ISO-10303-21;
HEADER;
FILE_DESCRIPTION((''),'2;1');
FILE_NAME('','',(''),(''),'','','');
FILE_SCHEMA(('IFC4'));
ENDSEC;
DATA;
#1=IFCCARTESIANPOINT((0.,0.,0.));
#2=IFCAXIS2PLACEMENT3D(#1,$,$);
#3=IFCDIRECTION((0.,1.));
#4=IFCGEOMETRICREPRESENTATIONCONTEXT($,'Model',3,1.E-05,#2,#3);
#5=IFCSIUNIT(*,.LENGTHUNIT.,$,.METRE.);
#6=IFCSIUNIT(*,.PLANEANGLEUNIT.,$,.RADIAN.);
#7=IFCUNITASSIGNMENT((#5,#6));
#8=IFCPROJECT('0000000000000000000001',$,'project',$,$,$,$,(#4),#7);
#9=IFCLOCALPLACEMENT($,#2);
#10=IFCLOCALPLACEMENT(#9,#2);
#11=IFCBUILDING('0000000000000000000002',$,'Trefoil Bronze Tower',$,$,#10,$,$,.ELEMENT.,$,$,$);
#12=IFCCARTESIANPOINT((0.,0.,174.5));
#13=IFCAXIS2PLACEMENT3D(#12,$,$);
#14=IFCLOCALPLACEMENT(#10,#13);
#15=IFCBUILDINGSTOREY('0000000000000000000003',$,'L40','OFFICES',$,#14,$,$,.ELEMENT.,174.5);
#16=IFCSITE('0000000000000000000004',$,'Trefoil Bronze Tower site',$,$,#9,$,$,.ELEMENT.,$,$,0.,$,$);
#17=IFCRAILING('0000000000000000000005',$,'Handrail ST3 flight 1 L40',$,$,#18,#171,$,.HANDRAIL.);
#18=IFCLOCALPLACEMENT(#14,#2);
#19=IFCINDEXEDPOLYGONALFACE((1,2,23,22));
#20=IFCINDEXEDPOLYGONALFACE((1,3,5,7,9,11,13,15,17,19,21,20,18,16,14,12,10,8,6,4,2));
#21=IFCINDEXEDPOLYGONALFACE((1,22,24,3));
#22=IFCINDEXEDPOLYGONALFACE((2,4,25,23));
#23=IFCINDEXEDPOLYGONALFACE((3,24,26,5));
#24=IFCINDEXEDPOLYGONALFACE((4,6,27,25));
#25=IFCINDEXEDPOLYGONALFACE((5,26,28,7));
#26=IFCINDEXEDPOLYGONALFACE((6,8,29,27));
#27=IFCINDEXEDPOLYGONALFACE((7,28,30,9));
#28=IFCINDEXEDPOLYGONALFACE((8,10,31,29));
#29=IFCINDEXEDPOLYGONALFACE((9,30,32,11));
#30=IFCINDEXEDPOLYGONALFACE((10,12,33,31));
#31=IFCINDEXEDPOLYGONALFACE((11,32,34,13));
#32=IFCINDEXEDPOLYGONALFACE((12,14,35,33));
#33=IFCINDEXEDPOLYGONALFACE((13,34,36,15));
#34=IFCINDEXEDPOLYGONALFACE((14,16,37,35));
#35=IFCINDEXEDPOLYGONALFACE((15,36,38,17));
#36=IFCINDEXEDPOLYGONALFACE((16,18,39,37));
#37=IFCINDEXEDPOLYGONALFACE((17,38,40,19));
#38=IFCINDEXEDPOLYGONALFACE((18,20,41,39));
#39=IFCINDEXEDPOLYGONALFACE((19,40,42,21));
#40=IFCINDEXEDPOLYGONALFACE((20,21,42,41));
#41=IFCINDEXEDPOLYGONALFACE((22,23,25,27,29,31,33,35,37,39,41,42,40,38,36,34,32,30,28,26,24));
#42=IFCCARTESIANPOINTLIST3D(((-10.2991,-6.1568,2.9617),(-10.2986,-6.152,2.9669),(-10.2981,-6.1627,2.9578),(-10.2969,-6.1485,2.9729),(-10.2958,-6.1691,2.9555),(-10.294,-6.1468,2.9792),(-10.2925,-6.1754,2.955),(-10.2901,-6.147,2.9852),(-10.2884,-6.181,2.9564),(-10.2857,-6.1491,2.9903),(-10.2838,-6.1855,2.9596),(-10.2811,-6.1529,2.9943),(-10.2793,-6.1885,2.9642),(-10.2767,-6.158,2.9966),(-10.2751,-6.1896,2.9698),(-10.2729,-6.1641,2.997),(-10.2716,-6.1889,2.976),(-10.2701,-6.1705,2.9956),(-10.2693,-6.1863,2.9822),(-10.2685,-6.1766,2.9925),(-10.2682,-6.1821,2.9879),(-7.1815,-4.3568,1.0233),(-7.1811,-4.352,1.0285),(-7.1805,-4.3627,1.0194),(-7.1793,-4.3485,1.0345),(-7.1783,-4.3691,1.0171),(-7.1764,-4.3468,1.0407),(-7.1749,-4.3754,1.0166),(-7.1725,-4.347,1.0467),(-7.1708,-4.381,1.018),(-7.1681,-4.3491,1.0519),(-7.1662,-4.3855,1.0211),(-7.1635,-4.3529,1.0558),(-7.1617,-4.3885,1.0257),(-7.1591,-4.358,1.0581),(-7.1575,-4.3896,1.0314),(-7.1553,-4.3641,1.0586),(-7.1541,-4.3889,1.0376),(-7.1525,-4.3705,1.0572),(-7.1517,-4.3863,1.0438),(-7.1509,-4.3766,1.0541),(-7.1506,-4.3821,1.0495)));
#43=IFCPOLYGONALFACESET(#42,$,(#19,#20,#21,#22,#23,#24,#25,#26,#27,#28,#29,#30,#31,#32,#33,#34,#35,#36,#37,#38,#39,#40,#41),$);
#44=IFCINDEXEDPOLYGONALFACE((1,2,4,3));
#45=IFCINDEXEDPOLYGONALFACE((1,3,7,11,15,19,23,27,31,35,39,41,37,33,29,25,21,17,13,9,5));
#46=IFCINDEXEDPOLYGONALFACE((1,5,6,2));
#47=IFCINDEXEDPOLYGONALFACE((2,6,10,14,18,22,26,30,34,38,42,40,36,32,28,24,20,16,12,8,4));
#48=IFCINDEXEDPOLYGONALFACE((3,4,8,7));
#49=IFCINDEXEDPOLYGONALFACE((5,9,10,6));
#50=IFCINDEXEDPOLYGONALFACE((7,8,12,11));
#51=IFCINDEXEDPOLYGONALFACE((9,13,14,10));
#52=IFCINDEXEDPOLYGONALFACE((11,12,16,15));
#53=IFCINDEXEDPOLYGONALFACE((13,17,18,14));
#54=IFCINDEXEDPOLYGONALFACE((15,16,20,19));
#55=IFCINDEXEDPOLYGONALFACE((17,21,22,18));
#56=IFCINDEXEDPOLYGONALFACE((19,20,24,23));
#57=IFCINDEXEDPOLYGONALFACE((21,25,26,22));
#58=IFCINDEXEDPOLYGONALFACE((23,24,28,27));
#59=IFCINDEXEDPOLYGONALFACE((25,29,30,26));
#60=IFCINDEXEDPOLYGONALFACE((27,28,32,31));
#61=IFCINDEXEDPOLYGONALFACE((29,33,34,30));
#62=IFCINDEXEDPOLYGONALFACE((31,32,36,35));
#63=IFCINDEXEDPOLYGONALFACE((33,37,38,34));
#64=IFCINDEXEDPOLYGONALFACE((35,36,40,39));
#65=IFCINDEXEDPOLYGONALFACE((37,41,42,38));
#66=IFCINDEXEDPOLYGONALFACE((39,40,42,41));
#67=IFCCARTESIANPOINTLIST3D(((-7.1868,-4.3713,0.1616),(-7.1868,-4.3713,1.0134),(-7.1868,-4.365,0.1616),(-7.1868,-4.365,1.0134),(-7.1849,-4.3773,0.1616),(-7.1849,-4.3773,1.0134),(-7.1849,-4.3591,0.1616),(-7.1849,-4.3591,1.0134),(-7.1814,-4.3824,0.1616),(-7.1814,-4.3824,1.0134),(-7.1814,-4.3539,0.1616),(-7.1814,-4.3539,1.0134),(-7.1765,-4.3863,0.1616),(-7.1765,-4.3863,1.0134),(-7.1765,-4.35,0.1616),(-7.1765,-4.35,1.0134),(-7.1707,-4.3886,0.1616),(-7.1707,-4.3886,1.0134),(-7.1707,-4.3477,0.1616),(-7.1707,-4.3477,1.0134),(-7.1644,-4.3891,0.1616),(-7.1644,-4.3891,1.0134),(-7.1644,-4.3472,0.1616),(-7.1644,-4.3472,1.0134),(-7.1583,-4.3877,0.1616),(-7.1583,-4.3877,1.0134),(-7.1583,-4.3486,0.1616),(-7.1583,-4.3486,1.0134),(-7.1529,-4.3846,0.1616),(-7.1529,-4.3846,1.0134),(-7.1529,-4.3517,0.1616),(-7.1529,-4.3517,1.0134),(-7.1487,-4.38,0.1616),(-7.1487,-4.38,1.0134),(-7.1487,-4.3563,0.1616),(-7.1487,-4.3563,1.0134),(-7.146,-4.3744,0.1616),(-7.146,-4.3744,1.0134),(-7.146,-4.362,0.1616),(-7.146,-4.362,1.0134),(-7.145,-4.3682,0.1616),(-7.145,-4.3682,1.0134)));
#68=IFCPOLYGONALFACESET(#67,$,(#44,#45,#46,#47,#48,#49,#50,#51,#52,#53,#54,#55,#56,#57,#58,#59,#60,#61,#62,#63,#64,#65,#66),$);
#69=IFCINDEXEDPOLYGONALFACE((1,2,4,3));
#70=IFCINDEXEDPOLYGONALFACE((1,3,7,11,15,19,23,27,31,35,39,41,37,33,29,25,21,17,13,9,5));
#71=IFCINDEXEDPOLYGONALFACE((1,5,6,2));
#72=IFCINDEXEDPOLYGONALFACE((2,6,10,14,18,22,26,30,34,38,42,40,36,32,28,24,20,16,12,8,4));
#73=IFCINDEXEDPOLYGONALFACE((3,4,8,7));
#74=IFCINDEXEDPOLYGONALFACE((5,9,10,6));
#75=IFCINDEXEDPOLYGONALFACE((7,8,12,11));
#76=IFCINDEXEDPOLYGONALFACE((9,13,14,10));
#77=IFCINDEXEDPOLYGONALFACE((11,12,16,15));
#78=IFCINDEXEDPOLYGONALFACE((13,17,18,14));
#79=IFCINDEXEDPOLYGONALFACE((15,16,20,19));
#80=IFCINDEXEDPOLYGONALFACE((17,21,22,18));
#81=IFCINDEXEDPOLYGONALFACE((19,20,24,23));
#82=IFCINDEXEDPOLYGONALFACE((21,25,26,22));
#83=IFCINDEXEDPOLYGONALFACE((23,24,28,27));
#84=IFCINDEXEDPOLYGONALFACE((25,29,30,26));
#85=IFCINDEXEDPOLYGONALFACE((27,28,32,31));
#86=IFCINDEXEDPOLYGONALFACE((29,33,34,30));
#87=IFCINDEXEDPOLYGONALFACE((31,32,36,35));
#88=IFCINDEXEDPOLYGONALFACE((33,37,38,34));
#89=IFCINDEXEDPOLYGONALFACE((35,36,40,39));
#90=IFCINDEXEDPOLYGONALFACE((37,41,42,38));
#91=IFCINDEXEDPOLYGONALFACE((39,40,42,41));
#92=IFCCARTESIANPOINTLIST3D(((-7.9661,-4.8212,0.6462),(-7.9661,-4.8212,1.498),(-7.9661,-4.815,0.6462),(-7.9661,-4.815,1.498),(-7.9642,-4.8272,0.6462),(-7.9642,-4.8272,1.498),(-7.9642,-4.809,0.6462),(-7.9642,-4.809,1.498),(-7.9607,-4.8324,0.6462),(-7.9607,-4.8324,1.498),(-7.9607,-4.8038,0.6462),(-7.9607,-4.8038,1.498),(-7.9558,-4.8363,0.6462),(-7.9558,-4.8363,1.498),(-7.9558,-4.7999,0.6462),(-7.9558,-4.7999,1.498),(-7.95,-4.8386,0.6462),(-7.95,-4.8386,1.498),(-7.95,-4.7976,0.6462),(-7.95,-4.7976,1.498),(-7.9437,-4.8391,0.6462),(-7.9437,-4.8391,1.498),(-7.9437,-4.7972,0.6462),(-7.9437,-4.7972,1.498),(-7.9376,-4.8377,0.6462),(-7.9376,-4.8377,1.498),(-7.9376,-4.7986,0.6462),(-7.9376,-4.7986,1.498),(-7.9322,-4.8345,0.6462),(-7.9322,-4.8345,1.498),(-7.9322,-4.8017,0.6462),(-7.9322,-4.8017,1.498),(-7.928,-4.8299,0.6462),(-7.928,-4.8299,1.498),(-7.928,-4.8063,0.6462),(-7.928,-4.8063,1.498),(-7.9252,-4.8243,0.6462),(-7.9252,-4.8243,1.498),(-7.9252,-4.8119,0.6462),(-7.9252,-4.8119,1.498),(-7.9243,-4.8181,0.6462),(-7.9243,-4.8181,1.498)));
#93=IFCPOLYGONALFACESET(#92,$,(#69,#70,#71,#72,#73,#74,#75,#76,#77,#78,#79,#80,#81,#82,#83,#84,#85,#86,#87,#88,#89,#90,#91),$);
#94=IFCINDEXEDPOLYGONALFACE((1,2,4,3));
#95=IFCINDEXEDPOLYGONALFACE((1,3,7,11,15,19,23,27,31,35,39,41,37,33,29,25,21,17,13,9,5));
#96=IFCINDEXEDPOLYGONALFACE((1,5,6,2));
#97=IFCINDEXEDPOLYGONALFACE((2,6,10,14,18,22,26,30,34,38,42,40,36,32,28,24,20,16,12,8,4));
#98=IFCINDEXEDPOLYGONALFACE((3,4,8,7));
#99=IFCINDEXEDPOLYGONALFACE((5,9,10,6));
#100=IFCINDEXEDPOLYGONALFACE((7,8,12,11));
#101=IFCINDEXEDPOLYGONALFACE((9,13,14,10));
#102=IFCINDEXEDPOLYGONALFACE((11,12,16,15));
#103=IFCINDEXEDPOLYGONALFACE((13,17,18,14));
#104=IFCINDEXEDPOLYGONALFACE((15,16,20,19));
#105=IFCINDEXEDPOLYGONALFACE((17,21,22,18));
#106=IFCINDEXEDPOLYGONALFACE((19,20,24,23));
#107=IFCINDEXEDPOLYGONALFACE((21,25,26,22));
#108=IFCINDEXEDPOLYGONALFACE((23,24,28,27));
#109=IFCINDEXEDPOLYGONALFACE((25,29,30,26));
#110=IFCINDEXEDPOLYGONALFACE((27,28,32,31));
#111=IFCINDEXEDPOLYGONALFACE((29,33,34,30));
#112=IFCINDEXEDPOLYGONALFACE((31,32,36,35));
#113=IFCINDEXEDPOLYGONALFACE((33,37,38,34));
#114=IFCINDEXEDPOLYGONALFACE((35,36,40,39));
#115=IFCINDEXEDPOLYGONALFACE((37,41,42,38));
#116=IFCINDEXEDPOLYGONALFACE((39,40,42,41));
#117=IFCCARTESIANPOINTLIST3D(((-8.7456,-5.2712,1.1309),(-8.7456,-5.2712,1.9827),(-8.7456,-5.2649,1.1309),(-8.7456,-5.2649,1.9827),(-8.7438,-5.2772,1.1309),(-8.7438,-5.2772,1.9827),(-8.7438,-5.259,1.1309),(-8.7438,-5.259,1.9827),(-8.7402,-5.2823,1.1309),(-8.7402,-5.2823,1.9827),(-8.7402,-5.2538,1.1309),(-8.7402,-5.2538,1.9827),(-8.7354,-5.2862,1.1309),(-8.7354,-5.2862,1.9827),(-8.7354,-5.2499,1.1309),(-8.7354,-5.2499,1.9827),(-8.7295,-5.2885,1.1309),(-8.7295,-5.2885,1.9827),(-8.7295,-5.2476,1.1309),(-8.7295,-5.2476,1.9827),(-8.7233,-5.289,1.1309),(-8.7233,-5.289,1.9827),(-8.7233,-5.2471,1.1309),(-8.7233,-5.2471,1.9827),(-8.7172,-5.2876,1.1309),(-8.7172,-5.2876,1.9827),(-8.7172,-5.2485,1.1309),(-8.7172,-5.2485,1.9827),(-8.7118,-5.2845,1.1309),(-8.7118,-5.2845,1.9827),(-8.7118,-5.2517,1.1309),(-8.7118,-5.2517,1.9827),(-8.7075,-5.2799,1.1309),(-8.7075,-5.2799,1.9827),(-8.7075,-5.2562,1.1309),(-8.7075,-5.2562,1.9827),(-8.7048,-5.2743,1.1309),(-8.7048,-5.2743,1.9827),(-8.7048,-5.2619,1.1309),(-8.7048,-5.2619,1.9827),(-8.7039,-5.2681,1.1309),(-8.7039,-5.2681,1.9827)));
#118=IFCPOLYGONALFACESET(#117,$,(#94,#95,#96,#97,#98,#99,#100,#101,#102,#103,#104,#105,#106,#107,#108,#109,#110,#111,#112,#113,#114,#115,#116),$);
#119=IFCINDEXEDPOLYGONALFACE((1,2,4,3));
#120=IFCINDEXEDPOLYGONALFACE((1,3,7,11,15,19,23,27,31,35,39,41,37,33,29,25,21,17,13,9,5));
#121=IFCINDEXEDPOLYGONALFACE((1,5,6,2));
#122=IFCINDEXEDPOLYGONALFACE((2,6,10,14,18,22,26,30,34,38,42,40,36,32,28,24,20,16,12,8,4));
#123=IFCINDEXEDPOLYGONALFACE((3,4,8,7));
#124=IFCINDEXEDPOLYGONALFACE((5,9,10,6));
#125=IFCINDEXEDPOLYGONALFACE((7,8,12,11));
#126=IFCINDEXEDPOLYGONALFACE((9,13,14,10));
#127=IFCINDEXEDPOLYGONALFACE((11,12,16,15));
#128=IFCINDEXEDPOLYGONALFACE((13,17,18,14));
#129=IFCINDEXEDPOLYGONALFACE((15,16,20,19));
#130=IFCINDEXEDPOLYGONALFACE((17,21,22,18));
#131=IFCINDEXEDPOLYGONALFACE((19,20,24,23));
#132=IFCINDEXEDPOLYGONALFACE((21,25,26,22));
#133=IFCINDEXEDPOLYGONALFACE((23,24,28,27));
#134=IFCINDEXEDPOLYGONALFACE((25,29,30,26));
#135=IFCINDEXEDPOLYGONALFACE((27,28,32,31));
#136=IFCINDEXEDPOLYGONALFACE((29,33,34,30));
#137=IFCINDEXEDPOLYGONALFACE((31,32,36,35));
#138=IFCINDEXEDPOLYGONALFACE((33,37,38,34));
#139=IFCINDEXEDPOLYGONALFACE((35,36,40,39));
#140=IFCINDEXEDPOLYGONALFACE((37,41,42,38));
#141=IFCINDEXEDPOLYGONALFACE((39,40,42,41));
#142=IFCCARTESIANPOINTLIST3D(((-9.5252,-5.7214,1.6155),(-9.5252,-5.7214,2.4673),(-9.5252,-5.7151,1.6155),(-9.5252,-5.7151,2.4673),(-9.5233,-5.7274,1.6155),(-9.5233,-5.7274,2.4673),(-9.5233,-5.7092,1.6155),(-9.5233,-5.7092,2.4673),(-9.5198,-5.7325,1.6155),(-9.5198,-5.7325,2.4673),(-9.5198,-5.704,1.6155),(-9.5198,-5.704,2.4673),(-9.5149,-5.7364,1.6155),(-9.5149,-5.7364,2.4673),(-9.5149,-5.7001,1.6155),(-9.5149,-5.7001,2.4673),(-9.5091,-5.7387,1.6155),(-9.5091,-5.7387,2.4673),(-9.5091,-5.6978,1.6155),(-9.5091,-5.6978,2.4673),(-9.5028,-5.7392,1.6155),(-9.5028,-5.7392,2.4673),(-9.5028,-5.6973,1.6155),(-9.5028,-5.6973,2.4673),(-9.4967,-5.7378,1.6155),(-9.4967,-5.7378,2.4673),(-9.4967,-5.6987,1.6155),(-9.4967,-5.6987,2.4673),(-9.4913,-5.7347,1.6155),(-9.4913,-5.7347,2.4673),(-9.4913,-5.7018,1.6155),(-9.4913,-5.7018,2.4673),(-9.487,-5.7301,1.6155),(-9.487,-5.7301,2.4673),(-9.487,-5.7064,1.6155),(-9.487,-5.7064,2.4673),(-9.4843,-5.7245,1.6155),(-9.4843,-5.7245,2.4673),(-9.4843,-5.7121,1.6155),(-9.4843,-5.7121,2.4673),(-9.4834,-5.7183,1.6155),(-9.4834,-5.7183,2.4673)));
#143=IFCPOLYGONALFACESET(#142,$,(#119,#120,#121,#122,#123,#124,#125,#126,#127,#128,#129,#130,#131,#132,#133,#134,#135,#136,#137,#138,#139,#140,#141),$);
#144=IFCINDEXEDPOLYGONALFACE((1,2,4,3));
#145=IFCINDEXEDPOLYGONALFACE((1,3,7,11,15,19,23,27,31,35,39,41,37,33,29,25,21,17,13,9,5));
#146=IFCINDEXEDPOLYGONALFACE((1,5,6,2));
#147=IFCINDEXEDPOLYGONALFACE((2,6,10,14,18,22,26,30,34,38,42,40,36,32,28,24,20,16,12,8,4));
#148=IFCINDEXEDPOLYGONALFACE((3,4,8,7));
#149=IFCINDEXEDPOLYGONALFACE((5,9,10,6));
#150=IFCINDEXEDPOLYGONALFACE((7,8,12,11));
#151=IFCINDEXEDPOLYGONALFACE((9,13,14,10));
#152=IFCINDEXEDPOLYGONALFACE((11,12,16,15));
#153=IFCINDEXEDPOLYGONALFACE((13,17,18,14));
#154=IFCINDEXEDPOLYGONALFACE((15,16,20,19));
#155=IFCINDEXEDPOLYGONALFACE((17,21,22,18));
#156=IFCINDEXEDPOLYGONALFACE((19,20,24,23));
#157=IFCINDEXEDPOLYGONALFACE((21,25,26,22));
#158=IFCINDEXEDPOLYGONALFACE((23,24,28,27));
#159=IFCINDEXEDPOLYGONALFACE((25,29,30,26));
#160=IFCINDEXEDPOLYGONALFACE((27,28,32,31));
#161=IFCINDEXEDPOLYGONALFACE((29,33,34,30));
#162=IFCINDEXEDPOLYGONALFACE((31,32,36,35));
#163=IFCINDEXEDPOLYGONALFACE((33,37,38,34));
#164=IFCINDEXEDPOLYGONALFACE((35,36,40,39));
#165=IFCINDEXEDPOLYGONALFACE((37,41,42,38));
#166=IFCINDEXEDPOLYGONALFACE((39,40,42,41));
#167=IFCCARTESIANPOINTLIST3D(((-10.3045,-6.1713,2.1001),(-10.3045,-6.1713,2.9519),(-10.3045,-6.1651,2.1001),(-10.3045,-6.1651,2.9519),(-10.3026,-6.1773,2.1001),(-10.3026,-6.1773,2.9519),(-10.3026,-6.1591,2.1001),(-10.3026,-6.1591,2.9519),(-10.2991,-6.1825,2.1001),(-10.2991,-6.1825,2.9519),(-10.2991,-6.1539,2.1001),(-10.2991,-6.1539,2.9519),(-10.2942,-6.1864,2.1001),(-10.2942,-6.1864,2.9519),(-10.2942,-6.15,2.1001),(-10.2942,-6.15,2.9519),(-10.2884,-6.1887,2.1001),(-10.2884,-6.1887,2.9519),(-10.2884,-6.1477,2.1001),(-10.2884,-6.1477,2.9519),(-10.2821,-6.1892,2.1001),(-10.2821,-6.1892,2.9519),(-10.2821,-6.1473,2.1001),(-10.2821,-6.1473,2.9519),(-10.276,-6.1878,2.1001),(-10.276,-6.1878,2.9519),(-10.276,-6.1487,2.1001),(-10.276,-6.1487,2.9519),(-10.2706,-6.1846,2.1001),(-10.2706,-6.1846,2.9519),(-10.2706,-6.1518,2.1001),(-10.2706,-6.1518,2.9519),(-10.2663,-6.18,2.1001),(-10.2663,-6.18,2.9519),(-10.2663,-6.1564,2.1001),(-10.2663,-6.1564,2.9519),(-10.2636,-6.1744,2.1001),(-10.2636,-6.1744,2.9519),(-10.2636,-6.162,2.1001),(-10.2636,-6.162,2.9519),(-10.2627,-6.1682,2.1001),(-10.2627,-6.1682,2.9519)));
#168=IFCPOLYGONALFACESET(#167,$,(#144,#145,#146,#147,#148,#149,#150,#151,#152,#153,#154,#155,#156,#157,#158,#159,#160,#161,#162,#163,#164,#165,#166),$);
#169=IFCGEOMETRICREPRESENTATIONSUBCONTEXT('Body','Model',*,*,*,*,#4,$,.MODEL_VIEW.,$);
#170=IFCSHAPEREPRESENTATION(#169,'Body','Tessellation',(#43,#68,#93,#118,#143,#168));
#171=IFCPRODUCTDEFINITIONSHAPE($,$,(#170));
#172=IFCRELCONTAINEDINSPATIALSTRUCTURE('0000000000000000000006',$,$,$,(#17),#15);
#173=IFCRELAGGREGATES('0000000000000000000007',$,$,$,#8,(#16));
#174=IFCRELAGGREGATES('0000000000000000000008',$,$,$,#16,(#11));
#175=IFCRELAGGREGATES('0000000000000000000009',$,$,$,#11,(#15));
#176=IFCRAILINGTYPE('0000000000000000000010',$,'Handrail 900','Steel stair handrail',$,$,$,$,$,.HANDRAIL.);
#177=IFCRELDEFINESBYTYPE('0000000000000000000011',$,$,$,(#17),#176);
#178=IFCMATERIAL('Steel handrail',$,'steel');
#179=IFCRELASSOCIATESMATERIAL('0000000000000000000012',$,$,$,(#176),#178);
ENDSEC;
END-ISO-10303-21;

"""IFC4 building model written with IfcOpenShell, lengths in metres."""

from ifc_helpers import new_model, si_unit, direction, frame, origin, origin_2d, place, context, subcontext, project, spatial, circle, extrude, material, type_object, element, save


model = new_model("IFC4")

# Units and contexts
model_context = context("Model", 3, precision=1e-05, world=origin(), true_north=direction((0.0, 1.0)))
body_context = subcontext(model_context, "Body", "Model", "MODEL_VIEW")
ifc_project = project(units=[si_unit("LENGTHUNIT", "METRE"), si_unit("PLANEANGLEUNIT", "RADIAN")], contexts=[model_context])

# Site, building, storey
site_placement = place(None, origin())
site = spatial("IfcSite", under=ifc_project, at=site_placement, Name="Trefoil Bronze Tower site", CompositionType="ELEMENT", RefElevation=0.0)
building_placement = place(site_placement, origin())
building = spatial("IfcBuilding", under=site, at=building_placement, Name="Trefoil Bronze Tower", CompositionType="ELEMENT")
storey_placement = place(building_placement, frame((0.0, 0.0, 174.5)))
storey = spatial("IfcBuildingStorey", under=building, at=storey_placement, Name="L40", Description="OFFICES", CompositionType="ELEMENT", Elevation=174.5)

# Railing
ifc_material_1 = material(Name="Steel handrail", Category="steel")
railing_type = type_object("IfcRailingType", Name="Handrail 900", Description="Steel stair handrail", PredefinedType="HANDRAIL", material=ifc_material_1)
railing_1_placement = place(storey_placement, frame((-7.166, -4.3682, 0.1616)))
element("IfcRailing", 1, at=railing_1_placement, inside=storey, type_object=railing_type, Name="Handrail ST3 flight 1 L40", PredefinedType="HANDRAIL", context=body_context, shape_type="SweptSolid", body=[
    extrude(circle(Radius=0.0239, at=origin_2d()), frame((0.0, 0.0, 0.876), z_axis=(-0.762503, -0.440246, 0.474102), x_axis=(0.500012, -0.866018, 0.0)), (0.0, 0.0, 1.0), 4.0886),
    extrude(circle(Radius=0.021, at=origin_2d()), origin(), (0.0, 0.0, 1.0), 0.8518),
    extrude(circle(Radius=0.021, at=origin_2d()), frame((-0.7793, -0.45, 0.4846)), (0.0, 0.0, 1.0), 0.8518),
    extrude(circle(Radius=0.021, at=origin_2d()), frame((-1.5588, -0.8999, 0.9692)), (0.0, 0.0, 1.0), 0.8518),
    extrude(circle(Radius=0.021, at=origin_2d()), frame((-2.3384, -1.3501, 1.4539)), (0.0, 0.0, 1.0), 0.8518),
    extrude(circle(Radius=0.021, at=origin_2d()), frame((-3.1177, -1.8, 1.9385)), (0.0, 0.0, 1.0), 0.8518),
])

save(model, "model.ifc")
